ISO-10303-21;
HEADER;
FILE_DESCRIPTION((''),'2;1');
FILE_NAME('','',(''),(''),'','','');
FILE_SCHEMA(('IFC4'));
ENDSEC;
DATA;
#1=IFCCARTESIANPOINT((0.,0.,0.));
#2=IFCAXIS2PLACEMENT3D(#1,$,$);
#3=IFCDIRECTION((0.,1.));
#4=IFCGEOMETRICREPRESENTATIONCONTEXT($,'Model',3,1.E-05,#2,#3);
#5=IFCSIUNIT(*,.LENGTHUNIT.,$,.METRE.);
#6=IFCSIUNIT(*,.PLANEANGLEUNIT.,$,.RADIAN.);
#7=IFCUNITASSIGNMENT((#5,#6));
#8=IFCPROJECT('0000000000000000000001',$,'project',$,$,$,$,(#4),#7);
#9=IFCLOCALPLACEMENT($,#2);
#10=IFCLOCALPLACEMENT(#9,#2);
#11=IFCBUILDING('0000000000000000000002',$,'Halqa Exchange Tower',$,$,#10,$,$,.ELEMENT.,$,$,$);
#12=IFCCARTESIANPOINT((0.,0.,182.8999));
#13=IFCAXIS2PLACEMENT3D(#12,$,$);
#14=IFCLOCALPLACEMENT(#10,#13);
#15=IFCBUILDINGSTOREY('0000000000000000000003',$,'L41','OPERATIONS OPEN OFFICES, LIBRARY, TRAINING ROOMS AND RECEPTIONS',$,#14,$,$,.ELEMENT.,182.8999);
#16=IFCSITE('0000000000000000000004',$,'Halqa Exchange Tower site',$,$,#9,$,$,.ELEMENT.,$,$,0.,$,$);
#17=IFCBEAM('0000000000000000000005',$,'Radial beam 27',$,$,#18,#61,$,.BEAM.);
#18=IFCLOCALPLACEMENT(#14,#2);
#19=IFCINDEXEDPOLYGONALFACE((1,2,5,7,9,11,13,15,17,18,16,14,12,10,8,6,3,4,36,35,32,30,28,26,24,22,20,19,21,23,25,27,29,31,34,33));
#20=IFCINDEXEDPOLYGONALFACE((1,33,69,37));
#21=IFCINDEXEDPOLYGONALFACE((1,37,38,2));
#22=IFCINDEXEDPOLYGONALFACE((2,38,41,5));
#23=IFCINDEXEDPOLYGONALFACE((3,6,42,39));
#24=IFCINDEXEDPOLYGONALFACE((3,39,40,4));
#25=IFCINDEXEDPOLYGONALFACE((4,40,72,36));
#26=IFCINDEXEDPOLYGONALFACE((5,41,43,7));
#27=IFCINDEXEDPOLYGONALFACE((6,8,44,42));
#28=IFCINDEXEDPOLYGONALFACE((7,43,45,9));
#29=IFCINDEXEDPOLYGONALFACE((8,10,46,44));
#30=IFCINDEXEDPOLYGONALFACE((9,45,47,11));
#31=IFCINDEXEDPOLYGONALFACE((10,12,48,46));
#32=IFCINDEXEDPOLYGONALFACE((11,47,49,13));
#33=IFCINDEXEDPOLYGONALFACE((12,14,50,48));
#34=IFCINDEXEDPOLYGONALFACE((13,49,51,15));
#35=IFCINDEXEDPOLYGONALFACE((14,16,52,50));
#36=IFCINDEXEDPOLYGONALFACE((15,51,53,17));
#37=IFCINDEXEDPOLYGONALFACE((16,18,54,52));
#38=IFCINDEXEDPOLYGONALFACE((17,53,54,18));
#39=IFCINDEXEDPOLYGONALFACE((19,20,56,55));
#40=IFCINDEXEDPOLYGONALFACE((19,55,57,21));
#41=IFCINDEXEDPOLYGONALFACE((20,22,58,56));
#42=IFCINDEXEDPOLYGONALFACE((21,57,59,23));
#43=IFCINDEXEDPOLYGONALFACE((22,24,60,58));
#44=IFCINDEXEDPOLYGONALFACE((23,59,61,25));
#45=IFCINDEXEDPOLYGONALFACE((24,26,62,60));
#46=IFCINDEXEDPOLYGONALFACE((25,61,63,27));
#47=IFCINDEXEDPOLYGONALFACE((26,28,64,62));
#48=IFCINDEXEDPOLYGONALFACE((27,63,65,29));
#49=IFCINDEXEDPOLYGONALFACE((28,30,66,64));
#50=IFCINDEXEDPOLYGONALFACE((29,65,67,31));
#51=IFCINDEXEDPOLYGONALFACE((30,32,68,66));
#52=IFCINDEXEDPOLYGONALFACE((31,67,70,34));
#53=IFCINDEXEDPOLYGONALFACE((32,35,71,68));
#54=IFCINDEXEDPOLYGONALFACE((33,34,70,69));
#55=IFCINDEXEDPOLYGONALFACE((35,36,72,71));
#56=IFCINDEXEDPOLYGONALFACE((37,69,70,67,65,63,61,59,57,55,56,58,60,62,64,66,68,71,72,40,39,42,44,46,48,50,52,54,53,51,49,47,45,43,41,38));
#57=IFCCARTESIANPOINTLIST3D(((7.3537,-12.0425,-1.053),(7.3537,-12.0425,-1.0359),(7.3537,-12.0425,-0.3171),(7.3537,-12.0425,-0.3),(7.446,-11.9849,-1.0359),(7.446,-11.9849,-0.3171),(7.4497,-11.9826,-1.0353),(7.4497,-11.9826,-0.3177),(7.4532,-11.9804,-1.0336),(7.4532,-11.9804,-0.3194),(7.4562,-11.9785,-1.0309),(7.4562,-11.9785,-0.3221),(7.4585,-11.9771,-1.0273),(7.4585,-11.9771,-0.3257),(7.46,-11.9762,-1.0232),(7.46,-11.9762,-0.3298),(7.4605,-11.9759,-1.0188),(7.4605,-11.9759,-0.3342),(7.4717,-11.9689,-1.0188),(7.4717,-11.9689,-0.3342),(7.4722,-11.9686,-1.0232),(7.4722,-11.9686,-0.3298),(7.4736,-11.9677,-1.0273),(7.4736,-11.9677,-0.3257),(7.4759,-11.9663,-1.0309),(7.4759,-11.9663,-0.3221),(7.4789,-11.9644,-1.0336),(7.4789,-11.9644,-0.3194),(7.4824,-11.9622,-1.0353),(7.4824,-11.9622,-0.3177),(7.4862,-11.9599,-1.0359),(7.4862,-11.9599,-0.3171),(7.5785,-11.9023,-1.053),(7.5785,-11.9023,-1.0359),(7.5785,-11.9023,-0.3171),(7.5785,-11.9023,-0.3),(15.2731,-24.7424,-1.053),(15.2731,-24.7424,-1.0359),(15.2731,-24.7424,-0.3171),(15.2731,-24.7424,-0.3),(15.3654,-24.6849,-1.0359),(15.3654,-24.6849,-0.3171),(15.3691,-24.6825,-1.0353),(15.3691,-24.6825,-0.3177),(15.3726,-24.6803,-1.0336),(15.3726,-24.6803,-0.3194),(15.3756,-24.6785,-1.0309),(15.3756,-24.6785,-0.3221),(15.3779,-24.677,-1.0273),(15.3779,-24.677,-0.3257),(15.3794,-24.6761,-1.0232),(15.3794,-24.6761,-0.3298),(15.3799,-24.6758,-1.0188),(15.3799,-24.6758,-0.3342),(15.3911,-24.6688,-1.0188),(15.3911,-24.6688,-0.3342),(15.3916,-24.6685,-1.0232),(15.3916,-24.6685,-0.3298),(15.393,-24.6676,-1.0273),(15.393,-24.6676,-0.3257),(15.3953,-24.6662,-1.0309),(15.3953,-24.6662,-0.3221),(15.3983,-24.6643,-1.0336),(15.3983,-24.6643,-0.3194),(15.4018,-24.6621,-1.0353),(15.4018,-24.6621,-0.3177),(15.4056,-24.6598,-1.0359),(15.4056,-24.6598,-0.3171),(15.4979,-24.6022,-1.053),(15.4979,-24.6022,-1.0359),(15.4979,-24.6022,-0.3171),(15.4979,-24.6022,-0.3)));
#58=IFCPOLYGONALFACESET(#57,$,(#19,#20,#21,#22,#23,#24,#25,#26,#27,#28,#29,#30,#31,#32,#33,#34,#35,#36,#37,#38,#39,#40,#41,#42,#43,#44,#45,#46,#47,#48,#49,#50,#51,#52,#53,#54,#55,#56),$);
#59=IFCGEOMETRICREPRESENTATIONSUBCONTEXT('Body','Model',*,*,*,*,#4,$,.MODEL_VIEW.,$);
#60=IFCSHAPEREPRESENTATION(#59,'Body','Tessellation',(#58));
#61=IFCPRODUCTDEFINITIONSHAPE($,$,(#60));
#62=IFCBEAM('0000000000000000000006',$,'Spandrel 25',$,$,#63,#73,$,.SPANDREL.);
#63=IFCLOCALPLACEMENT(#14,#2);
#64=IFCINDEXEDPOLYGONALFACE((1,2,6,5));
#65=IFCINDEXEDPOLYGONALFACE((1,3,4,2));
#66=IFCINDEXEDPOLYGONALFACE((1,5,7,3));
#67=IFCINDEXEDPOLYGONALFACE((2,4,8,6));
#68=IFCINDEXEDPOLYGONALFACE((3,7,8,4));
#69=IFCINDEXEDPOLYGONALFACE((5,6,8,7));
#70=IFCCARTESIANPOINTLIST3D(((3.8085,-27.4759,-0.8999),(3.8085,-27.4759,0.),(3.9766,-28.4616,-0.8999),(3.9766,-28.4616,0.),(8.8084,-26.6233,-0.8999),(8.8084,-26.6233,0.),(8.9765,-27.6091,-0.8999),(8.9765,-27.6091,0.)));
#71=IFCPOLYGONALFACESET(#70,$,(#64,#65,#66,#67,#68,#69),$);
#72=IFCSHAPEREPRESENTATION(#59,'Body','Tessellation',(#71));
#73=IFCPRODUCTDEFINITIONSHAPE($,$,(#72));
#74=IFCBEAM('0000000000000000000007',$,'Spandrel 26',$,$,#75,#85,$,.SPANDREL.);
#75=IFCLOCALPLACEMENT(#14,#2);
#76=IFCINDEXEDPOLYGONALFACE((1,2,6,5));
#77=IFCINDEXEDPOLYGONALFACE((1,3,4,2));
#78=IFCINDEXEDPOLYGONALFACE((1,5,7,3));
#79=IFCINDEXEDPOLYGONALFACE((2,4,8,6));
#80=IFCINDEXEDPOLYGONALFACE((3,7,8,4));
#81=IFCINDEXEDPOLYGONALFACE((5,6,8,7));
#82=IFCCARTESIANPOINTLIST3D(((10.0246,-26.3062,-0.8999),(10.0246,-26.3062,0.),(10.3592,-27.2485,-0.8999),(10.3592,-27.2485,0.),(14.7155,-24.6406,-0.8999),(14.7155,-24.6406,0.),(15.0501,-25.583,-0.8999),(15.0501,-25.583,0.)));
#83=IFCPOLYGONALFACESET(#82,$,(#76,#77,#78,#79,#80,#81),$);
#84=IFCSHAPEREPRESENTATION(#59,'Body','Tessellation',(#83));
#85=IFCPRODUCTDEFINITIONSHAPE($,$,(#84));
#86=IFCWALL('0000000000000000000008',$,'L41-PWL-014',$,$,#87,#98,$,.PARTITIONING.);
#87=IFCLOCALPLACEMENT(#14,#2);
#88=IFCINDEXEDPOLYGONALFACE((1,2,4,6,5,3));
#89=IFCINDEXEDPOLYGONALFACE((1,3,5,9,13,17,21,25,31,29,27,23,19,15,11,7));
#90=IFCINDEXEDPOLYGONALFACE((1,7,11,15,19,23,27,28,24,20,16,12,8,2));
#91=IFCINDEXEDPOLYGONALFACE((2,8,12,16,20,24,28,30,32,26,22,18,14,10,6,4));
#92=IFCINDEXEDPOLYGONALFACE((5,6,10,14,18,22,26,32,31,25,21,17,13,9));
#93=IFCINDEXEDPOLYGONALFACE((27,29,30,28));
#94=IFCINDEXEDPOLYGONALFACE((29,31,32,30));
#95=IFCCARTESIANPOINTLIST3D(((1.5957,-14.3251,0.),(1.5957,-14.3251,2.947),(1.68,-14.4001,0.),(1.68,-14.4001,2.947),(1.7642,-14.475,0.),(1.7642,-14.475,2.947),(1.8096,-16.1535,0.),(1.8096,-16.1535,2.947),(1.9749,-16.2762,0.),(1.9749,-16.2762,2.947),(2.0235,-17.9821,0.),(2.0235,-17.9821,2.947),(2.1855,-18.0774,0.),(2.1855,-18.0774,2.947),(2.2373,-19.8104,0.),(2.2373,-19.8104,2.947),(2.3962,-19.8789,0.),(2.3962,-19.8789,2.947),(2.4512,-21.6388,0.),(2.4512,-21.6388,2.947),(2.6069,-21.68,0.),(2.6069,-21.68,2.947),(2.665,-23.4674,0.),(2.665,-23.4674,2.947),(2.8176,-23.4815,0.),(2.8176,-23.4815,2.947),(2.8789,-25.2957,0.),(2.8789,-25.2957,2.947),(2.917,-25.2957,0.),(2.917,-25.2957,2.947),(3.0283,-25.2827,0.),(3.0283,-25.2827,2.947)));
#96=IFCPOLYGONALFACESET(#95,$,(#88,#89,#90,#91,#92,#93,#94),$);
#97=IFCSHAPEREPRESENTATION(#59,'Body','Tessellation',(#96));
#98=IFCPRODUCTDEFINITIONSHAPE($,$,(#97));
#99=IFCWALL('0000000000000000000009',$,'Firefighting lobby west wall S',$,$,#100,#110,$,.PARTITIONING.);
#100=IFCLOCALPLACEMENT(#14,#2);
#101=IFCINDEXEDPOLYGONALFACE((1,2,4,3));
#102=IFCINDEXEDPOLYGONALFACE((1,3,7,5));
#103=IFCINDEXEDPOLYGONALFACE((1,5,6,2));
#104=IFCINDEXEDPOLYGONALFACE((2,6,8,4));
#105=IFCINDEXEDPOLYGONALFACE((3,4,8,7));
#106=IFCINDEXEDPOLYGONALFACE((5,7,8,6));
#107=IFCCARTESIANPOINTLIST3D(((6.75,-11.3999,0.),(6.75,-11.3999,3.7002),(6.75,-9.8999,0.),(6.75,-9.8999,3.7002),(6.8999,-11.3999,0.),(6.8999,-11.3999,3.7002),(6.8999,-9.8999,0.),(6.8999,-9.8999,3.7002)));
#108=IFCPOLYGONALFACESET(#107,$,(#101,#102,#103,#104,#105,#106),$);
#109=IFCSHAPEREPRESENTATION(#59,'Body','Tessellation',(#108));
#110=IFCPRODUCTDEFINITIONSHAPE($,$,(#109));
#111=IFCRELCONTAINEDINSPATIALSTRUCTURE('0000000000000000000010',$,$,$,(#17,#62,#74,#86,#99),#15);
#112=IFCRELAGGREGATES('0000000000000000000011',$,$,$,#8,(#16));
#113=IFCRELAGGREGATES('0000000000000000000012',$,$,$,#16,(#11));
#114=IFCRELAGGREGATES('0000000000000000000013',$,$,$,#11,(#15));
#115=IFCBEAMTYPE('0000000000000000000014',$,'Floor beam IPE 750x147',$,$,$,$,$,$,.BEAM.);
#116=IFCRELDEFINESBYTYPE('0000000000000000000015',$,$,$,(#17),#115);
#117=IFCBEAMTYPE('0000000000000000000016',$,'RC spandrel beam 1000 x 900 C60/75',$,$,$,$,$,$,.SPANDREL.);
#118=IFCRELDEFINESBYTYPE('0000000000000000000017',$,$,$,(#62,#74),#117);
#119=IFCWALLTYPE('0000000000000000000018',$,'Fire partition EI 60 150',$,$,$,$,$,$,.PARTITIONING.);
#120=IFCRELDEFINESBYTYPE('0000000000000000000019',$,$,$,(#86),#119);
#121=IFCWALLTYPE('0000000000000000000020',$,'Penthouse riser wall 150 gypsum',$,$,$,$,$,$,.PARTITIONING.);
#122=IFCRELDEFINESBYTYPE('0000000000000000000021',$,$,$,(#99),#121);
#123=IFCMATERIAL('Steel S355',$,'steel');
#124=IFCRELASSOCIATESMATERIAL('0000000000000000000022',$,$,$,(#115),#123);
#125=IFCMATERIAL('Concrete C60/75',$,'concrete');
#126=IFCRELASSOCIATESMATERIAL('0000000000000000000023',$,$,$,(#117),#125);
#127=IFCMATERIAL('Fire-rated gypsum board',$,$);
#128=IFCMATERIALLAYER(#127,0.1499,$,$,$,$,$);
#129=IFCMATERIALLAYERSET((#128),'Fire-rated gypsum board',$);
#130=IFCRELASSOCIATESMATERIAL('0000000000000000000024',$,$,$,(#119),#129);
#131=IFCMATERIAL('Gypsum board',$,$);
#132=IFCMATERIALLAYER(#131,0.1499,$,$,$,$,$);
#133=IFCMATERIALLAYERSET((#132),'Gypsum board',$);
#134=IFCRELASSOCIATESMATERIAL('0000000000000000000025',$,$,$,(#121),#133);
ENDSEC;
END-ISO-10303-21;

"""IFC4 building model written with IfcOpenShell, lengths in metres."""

from ifc_helpers import new_model, si_unit, direction, frame, frame_2d, origin, origin_2d, place, context, subcontext, project, spatial, polyline, rectangle, i_section, outline, extrude, material, layer, layer_set, material_profile, profile_set, type_object, element, save


model = new_model("IFC4")

# Units and contexts
model_context = context("Model", 3, precision=1e-05, world=origin(), true_north=direction((0.0, 1.0)))
body_context = subcontext(model_context, "Body", "Model", "MODEL_VIEW")
ifc_project = project(units=[si_unit("LENGTHUNIT", "METRE"), si_unit("PLANEANGLEUNIT", "RADIAN")], contexts=[model_context])

# Site, building, storey
site_placement = place(None, origin())
site = spatial("IfcSite", under=ifc_project, at=site_placement, Name="Halqa Exchange Tower site", CompositionType="ELEMENT", RefElevation=0.0)
building_placement = place(site_placement, origin())
building = spatial("IfcBuilding", under=site, at=building_placement, Name="Halqa Exchange Tower", CompositionType="ELEMENT")
storey_placement = place(building_placement, frame((0.0, 0.0, 182.8999)))
storey = spatial("IfcBuildingStorey", under=building, at=storey_placement, Name="L41", Description="OPERATIONS OPEN OFFICES, LIBRARY, TRAINING ROOMS AND RECEPTIONS", CompositionType="ELEMENT", Elevation=182.8999)

# Beams
ifc_material_1 = material(Name="Steel S355", Category="steel")
ifc_material_profile_1 = material_profile(ifc_material_1, i_section(OverallWidth=0.2649, OverallDepth=0.7529, WebThickness=0.0132, FlangeThickness=0.0171, FilletRadius=0.0171, at=origin_2d()), Name="IPE 750x147")
ifc_profile_set_1 = profile_set([ifc_material_profile_1], Name="Steel S355")
beam_type_1 = type_object("IfcBeamType", Name="Floor beam IPE 750x147", PredefinedType="BEAM", material=ifc_profile_set_1)
beam_1_placement = place(storey_placement, frame((7.4661, -11.9724, -0.6765), z_axis=(0.529132, -0.848539, 0.0), x_axis=(0.848539, 0.529132, 0.0)))
element("IfcBeam", 1, at=beam_1_placement, inside=storey, type_object=beam_type_1, Name="Radial beam 27", PredefinedType="BEAM", context=body_context, shape_type="SweptSolid", body=[
    extrude(i_section(OverallWidth=0.2649, OverallDepth=0.7529, WebThickness=0.0132, FlangeThickness=0.0171, FilletRadius=0.0171, at=origin_2d()), origin(), (0.0, 0.0, 1.0), 14.9668),
])
ifc_material_2 = material(Name="Concrete C60/75", Category="concrete")
ifc_material_profile_2 = material_profile(ifc_material_2, rectangle(XDim=1.0, YDim=0.8999, at=origin_2d()), Name="1000 x 900")
ifc_profile_set_2 = profile_set([ifc_material_profile_2], Name="Concrete C60/75")
beam_type_2 = type_object("IfcBeamType", Name="RC spandrel beam 1000 x 900 C60/75", PredefinedType="SPANDREL", material=ifc_profile_set_2)
beam_2_placement = place(storey_placement, frame((3.8926, -27.9688, -0.45), z_axis=(0.985772, 0.16809, 0.0), x_axis=(-0.16809, 0.985772, 0.0)))
element("IfcBeam", 2, at=beam_2_placement, inside=storey, type_object=beam_type_2, Name="Spandrel 25", PredefinedType="SPANDREL", context=body_context, shape_type="SweptSolid", body=[
    extrude(rectangle(XDim=1.0, YDim=0.8999, at=origin_2d()), origin(), (0.0, 0.0, 1.0), 5.072),
])
beam_3_placement = place(storey_placement, frame((10.1919, -26.7773, -0.45), z_axis=(0.942364, 0.33459, 0.0), x_axis=(-0.33459, 0.942364, 0.0)))
element("IfcBeam", 3, at=beam_3_placement, inside=storey, type_object=beam_type_2, Name="Spandrel 26", PredefinedType="SPANDREL", context=body_context, shape_type="SweptSolid", body=[
    extrude(rectangle(XDim=1.0, YDim=0.8999, at=origin_2d()), origin(), (0.0, 0.0, 1.0), 4.9778),
])

# Walls
ifc_material_3 = material(Name="Fire-rated gypsum board")
ifc_layer_1 = layer(ifc_material_3, 0.1499)
ifc_layer_set_1 = layer_set([ifc_layer_1], Name="Fire-rated gypsum board")
wall_type_1 = type_object("IfcWallType", Name="Fire partition EI 60 150", PredefinedType="PARTITIONING", material=ifc_layer_set_1)
wall_1_placement = place(storey_placement, frame((1.6702, -14.3164, 0.0), z_axis=(0.0, 0.0, 1.0), x_axis=(0.116172, -0.993229, 0.0)))
element("IfcWall", 4, at=wall_1_placement, inside=storey, type_object=wall_type_1, Name="L41-PWL-014", PredefinedType="PARTITIONING", context=body_context, shape_type="SweptSolid", body=[
    extrude(outline(polyline([(0.0, -0.075), (1.8408, -0.075), (3.6819, -0.075), (5.5227, -0.075), (7.3635, -0.075), (9.2046, -0.075), (11.0454, -0.075), (11.0498, -0.0371), (11.0498, 0.075), (9.2363, 0.075), (7.4226, 0.075), (5.6091, 0.075), (3.7954, 0.075), (1.9819, 0.075), (0.1685, 0.075), (0.0842, 0.0), (0.0, -0.075), (0.0, -0.075)])), origin(), (0.0, 0.0, 1.0), 2.947),
])
ifc_material_4 = material(Name="Gypsum board")
ifc_layer_2 = layer(ifc_material_4, 0.1499)
ifc_layer_set_2 = layer_set([ifc_layer_2], Name="Gypsum board")
wall_type_2 = type_object("IfcWallType", Name="Penthouse riser wall 150 gypsum", PredefinedType="PARTITIONING", material=ifc_layer_set_2)
wall_2_placement = place(storey_placement, frame((6.825, -11.3999, 0.0), z_axis=(0.0, 0.0, 1.0), x_axis=(0.0, 1.0, 0.0)))
element("IfcWall", 5, at=wall_2_placement, inside=storey, type_object=wall_type_2, Name="Firefighting lobby west wall S", PredefinedType="PARTITIONING", context=body_context, shape_type="SweptSolid", body=[
    extrude(rectangle(XDim=1.5, YDim=0.1499, at=frame_2d((0.75, 0.0))), origin(), (0.0, 0.0, 1.0), 3.7002),
])

save(model, "model.ifc")
